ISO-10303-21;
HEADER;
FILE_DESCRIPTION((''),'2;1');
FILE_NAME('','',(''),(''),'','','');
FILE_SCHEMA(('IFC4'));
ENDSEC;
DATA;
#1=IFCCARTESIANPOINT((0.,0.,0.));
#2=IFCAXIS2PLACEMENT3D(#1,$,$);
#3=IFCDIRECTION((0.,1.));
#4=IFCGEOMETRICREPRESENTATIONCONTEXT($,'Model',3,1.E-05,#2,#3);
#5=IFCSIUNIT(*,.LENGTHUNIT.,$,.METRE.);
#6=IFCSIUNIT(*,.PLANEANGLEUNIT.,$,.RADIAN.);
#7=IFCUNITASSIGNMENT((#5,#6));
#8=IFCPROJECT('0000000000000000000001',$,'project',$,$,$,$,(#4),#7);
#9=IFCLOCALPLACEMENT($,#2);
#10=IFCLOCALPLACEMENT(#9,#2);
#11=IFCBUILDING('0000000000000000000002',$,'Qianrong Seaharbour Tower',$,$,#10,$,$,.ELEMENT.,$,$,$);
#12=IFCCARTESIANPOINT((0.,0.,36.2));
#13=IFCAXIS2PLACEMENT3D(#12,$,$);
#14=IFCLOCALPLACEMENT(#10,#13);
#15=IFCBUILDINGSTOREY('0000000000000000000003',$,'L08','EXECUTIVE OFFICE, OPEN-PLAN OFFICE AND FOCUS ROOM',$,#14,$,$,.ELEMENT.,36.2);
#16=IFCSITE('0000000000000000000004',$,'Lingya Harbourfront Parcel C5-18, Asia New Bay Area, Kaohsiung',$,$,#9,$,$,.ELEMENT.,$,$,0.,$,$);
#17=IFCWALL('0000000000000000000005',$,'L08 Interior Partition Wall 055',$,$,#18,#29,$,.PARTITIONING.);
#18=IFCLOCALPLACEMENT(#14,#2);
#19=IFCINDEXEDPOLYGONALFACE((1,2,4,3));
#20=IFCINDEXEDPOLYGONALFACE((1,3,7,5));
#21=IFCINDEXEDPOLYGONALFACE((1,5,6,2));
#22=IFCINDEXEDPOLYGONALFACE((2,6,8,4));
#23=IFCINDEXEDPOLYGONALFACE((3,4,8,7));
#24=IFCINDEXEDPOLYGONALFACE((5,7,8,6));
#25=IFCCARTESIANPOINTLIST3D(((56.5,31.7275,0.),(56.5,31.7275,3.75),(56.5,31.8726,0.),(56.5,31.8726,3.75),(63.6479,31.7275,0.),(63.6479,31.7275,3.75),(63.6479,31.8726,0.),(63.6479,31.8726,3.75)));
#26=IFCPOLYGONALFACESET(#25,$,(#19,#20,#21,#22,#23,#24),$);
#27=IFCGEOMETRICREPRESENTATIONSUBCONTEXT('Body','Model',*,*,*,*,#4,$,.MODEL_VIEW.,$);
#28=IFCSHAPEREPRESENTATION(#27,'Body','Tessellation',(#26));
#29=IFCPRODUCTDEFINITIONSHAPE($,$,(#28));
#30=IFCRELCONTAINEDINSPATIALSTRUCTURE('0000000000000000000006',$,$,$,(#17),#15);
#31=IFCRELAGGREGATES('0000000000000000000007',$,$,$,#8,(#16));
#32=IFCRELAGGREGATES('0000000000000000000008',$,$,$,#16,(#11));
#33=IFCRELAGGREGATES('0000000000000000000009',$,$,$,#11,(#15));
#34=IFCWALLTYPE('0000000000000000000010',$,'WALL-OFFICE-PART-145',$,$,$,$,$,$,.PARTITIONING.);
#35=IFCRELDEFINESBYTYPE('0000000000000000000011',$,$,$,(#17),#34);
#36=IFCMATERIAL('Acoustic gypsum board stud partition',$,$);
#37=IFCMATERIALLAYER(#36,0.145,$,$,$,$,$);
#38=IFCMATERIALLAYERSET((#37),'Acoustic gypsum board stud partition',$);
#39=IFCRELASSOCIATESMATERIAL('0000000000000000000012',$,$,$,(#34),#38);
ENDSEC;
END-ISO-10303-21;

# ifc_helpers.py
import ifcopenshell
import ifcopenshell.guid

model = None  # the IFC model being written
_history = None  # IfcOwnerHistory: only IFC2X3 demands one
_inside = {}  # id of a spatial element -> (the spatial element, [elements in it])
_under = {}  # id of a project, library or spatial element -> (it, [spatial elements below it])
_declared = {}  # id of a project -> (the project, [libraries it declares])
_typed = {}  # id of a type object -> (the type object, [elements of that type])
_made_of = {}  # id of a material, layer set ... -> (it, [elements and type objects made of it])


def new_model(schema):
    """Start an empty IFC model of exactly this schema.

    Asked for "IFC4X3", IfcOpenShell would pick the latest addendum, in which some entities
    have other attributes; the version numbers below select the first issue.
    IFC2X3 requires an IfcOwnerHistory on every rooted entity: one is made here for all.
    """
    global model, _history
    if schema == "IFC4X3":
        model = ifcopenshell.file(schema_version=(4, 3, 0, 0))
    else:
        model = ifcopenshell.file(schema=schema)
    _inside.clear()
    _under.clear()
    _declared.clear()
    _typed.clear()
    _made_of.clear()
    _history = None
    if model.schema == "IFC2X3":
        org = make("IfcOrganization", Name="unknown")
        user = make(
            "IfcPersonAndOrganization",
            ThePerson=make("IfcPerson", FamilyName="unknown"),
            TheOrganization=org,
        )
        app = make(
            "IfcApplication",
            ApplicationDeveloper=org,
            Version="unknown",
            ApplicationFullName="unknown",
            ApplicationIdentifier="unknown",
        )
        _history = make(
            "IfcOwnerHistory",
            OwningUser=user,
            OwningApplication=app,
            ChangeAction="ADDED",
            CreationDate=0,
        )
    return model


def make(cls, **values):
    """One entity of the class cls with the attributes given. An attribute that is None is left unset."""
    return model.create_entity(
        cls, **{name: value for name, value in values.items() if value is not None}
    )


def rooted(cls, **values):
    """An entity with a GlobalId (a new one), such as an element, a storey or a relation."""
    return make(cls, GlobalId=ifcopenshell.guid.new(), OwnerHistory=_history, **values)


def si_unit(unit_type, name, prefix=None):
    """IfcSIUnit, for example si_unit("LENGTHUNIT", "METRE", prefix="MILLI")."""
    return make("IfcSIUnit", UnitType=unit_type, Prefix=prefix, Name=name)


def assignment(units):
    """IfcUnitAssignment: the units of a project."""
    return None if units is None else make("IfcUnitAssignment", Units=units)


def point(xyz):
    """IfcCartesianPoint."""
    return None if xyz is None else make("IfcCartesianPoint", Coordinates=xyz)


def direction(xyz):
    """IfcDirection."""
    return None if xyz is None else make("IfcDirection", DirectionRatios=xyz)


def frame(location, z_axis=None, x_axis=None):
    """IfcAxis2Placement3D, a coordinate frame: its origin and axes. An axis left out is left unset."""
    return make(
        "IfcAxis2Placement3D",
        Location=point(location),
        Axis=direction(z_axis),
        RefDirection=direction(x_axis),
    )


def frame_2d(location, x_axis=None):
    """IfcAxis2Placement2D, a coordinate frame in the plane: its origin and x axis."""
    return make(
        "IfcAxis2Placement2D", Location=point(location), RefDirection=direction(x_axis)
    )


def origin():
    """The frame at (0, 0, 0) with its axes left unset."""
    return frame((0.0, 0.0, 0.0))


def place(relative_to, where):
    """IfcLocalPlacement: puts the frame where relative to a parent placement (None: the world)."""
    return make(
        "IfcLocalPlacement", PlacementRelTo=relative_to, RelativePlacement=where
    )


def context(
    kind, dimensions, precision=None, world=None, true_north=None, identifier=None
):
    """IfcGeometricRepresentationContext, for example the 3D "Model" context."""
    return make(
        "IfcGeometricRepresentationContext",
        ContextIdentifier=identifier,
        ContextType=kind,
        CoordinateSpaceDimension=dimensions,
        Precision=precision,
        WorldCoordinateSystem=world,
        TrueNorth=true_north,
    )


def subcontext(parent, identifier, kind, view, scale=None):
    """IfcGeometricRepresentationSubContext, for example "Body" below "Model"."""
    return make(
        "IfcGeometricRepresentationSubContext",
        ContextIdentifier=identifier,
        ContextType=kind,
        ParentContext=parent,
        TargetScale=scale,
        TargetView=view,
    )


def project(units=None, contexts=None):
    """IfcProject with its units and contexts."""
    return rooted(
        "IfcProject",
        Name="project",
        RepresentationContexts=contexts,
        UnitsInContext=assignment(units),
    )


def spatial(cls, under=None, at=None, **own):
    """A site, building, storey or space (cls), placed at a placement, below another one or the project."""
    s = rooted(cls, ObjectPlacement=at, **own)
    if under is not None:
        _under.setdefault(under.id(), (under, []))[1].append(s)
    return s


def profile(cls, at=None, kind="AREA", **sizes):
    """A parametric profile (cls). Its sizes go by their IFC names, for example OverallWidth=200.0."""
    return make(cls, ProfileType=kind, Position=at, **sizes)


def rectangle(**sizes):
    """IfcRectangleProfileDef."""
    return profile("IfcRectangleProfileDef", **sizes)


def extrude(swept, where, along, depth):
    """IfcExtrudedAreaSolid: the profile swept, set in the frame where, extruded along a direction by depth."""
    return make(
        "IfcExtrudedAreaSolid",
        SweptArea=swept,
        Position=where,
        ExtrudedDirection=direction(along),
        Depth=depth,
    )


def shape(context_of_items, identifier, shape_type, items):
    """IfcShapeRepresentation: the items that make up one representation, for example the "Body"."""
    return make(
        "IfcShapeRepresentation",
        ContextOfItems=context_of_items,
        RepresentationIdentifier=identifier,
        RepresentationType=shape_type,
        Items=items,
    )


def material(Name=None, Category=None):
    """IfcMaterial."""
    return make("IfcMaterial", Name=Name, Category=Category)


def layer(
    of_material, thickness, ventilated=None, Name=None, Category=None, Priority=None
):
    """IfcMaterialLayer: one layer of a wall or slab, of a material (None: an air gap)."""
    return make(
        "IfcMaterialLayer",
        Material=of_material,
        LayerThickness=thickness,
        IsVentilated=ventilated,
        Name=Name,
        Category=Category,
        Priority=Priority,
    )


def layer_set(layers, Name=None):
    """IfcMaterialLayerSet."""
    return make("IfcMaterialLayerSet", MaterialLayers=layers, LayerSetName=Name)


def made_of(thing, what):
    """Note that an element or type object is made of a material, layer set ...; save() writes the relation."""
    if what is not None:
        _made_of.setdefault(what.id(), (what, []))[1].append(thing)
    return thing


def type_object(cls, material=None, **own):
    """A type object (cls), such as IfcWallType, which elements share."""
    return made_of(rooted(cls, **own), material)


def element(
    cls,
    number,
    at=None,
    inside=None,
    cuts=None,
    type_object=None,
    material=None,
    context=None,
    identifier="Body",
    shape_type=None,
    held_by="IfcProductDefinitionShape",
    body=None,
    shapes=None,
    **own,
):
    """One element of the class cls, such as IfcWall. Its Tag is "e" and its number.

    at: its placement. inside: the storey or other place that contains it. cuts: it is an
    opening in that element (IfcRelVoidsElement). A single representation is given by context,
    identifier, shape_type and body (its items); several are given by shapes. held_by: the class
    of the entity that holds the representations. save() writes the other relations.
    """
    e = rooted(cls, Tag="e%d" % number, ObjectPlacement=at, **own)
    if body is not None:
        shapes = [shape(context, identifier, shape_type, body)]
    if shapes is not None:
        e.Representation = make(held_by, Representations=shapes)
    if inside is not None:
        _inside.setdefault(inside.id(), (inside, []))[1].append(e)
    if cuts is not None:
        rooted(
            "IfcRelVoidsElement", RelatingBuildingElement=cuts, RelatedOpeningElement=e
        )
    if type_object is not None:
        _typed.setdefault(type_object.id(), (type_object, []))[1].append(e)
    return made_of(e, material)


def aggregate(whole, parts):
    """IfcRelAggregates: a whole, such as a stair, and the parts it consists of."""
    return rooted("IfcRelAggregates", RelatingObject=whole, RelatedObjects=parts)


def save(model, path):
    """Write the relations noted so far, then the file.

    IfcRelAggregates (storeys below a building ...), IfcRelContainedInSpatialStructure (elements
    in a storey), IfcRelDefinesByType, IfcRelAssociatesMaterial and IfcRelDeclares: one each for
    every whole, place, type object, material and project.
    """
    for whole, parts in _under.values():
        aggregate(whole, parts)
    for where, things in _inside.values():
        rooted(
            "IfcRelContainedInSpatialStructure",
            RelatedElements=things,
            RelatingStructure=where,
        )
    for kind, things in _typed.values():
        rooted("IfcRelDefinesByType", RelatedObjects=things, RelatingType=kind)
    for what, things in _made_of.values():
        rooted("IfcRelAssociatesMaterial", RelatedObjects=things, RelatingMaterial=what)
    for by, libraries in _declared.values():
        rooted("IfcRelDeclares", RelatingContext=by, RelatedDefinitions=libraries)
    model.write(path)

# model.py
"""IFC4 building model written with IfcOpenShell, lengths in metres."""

from ifc_helpers import new_model, si_unit, direction, frame, frame_2d, origin, place, context, subcontext, project, spatial, rectangle, extrude, material, layer, layer_set, type_object, element, save


model = new_model("IFC4")

# Units and contexts
model_context = context("Model", 3, precision=1e-05, world=origin(), true_north=direction((0.0, 1.0)))
body_context = subcontext(model_context, "Body", "Model", "MODEL_VIEW")
ifc_project = project(units=[si_unit("LENGTHUNIT", "METRE"), si_unit("PLANEANGLEUNIT", "RADIAN")], contexts=[model_context])

# Site, building, storey
site_placement = place(None, origin())
site = spatial("IfcSite", under=ifc_project, at=site_placement, Name="Lingya Harbourfront Parcel C5-18, Asia New Bay Area, Kaohsiung", CompositionType="ELEMENT", RefElevation=0.0)
building_placement = place(site_placement, origin())
building = spatial("IfcBuilding", under=site, at=building_placement, Name="Qianrong Seaharbour Tower", CompositionType="ELEMENT")
storey_placement = place(building_placement, frame((0.0, 0.0, 36.2)))
storey = spatial("IfcBuildingStorey", under=building, at=storey_placement, Name="L08", Description="EXECUTIVE OFFICE, OPEN-PLAN OFFICE AND FOCUS ROOM", CompositionType="ELEMENT", Elevation=36.2)

# Wall
ifc_material_1 = material(Name="Acoustic gypsum board stud partition")
ifc_layer_1 = layer(ifc_material_1, 0.145)
ifc_layer_set_1 = layer_set([ifc_layer_1], Name="Acoustic gypsum board stud partition")
wall_type_1 = type_object("IfcWallType", Name="WALL-OFFICE-PART-145", PredefinedType="PARTITIONING", material=ifc_layer_set_1)
wall_1_placement = place(storey_placement, frame((56.5, 31.8, 0.0), z_axis=(0.0, 0.0, 1.0), x_axis=(1.0, 0.0, 0.0)))
element("IfcWall", 1, at=wall_1_placement, inside=storey, type_object=wall_type_1, Name="L08 Interior Partition Wall 055", PredefinedType="PARTITIONING", context=body_context, shape_type="SweptSolid", body=[
    extrude(rectangle(XDim=7.1479, YDim=0.145, at=frame_2d((3.574, 0.0))), origin(), (0.0, 0.0, 1.0), 3.75),
])

save(model, "model.ifc")
